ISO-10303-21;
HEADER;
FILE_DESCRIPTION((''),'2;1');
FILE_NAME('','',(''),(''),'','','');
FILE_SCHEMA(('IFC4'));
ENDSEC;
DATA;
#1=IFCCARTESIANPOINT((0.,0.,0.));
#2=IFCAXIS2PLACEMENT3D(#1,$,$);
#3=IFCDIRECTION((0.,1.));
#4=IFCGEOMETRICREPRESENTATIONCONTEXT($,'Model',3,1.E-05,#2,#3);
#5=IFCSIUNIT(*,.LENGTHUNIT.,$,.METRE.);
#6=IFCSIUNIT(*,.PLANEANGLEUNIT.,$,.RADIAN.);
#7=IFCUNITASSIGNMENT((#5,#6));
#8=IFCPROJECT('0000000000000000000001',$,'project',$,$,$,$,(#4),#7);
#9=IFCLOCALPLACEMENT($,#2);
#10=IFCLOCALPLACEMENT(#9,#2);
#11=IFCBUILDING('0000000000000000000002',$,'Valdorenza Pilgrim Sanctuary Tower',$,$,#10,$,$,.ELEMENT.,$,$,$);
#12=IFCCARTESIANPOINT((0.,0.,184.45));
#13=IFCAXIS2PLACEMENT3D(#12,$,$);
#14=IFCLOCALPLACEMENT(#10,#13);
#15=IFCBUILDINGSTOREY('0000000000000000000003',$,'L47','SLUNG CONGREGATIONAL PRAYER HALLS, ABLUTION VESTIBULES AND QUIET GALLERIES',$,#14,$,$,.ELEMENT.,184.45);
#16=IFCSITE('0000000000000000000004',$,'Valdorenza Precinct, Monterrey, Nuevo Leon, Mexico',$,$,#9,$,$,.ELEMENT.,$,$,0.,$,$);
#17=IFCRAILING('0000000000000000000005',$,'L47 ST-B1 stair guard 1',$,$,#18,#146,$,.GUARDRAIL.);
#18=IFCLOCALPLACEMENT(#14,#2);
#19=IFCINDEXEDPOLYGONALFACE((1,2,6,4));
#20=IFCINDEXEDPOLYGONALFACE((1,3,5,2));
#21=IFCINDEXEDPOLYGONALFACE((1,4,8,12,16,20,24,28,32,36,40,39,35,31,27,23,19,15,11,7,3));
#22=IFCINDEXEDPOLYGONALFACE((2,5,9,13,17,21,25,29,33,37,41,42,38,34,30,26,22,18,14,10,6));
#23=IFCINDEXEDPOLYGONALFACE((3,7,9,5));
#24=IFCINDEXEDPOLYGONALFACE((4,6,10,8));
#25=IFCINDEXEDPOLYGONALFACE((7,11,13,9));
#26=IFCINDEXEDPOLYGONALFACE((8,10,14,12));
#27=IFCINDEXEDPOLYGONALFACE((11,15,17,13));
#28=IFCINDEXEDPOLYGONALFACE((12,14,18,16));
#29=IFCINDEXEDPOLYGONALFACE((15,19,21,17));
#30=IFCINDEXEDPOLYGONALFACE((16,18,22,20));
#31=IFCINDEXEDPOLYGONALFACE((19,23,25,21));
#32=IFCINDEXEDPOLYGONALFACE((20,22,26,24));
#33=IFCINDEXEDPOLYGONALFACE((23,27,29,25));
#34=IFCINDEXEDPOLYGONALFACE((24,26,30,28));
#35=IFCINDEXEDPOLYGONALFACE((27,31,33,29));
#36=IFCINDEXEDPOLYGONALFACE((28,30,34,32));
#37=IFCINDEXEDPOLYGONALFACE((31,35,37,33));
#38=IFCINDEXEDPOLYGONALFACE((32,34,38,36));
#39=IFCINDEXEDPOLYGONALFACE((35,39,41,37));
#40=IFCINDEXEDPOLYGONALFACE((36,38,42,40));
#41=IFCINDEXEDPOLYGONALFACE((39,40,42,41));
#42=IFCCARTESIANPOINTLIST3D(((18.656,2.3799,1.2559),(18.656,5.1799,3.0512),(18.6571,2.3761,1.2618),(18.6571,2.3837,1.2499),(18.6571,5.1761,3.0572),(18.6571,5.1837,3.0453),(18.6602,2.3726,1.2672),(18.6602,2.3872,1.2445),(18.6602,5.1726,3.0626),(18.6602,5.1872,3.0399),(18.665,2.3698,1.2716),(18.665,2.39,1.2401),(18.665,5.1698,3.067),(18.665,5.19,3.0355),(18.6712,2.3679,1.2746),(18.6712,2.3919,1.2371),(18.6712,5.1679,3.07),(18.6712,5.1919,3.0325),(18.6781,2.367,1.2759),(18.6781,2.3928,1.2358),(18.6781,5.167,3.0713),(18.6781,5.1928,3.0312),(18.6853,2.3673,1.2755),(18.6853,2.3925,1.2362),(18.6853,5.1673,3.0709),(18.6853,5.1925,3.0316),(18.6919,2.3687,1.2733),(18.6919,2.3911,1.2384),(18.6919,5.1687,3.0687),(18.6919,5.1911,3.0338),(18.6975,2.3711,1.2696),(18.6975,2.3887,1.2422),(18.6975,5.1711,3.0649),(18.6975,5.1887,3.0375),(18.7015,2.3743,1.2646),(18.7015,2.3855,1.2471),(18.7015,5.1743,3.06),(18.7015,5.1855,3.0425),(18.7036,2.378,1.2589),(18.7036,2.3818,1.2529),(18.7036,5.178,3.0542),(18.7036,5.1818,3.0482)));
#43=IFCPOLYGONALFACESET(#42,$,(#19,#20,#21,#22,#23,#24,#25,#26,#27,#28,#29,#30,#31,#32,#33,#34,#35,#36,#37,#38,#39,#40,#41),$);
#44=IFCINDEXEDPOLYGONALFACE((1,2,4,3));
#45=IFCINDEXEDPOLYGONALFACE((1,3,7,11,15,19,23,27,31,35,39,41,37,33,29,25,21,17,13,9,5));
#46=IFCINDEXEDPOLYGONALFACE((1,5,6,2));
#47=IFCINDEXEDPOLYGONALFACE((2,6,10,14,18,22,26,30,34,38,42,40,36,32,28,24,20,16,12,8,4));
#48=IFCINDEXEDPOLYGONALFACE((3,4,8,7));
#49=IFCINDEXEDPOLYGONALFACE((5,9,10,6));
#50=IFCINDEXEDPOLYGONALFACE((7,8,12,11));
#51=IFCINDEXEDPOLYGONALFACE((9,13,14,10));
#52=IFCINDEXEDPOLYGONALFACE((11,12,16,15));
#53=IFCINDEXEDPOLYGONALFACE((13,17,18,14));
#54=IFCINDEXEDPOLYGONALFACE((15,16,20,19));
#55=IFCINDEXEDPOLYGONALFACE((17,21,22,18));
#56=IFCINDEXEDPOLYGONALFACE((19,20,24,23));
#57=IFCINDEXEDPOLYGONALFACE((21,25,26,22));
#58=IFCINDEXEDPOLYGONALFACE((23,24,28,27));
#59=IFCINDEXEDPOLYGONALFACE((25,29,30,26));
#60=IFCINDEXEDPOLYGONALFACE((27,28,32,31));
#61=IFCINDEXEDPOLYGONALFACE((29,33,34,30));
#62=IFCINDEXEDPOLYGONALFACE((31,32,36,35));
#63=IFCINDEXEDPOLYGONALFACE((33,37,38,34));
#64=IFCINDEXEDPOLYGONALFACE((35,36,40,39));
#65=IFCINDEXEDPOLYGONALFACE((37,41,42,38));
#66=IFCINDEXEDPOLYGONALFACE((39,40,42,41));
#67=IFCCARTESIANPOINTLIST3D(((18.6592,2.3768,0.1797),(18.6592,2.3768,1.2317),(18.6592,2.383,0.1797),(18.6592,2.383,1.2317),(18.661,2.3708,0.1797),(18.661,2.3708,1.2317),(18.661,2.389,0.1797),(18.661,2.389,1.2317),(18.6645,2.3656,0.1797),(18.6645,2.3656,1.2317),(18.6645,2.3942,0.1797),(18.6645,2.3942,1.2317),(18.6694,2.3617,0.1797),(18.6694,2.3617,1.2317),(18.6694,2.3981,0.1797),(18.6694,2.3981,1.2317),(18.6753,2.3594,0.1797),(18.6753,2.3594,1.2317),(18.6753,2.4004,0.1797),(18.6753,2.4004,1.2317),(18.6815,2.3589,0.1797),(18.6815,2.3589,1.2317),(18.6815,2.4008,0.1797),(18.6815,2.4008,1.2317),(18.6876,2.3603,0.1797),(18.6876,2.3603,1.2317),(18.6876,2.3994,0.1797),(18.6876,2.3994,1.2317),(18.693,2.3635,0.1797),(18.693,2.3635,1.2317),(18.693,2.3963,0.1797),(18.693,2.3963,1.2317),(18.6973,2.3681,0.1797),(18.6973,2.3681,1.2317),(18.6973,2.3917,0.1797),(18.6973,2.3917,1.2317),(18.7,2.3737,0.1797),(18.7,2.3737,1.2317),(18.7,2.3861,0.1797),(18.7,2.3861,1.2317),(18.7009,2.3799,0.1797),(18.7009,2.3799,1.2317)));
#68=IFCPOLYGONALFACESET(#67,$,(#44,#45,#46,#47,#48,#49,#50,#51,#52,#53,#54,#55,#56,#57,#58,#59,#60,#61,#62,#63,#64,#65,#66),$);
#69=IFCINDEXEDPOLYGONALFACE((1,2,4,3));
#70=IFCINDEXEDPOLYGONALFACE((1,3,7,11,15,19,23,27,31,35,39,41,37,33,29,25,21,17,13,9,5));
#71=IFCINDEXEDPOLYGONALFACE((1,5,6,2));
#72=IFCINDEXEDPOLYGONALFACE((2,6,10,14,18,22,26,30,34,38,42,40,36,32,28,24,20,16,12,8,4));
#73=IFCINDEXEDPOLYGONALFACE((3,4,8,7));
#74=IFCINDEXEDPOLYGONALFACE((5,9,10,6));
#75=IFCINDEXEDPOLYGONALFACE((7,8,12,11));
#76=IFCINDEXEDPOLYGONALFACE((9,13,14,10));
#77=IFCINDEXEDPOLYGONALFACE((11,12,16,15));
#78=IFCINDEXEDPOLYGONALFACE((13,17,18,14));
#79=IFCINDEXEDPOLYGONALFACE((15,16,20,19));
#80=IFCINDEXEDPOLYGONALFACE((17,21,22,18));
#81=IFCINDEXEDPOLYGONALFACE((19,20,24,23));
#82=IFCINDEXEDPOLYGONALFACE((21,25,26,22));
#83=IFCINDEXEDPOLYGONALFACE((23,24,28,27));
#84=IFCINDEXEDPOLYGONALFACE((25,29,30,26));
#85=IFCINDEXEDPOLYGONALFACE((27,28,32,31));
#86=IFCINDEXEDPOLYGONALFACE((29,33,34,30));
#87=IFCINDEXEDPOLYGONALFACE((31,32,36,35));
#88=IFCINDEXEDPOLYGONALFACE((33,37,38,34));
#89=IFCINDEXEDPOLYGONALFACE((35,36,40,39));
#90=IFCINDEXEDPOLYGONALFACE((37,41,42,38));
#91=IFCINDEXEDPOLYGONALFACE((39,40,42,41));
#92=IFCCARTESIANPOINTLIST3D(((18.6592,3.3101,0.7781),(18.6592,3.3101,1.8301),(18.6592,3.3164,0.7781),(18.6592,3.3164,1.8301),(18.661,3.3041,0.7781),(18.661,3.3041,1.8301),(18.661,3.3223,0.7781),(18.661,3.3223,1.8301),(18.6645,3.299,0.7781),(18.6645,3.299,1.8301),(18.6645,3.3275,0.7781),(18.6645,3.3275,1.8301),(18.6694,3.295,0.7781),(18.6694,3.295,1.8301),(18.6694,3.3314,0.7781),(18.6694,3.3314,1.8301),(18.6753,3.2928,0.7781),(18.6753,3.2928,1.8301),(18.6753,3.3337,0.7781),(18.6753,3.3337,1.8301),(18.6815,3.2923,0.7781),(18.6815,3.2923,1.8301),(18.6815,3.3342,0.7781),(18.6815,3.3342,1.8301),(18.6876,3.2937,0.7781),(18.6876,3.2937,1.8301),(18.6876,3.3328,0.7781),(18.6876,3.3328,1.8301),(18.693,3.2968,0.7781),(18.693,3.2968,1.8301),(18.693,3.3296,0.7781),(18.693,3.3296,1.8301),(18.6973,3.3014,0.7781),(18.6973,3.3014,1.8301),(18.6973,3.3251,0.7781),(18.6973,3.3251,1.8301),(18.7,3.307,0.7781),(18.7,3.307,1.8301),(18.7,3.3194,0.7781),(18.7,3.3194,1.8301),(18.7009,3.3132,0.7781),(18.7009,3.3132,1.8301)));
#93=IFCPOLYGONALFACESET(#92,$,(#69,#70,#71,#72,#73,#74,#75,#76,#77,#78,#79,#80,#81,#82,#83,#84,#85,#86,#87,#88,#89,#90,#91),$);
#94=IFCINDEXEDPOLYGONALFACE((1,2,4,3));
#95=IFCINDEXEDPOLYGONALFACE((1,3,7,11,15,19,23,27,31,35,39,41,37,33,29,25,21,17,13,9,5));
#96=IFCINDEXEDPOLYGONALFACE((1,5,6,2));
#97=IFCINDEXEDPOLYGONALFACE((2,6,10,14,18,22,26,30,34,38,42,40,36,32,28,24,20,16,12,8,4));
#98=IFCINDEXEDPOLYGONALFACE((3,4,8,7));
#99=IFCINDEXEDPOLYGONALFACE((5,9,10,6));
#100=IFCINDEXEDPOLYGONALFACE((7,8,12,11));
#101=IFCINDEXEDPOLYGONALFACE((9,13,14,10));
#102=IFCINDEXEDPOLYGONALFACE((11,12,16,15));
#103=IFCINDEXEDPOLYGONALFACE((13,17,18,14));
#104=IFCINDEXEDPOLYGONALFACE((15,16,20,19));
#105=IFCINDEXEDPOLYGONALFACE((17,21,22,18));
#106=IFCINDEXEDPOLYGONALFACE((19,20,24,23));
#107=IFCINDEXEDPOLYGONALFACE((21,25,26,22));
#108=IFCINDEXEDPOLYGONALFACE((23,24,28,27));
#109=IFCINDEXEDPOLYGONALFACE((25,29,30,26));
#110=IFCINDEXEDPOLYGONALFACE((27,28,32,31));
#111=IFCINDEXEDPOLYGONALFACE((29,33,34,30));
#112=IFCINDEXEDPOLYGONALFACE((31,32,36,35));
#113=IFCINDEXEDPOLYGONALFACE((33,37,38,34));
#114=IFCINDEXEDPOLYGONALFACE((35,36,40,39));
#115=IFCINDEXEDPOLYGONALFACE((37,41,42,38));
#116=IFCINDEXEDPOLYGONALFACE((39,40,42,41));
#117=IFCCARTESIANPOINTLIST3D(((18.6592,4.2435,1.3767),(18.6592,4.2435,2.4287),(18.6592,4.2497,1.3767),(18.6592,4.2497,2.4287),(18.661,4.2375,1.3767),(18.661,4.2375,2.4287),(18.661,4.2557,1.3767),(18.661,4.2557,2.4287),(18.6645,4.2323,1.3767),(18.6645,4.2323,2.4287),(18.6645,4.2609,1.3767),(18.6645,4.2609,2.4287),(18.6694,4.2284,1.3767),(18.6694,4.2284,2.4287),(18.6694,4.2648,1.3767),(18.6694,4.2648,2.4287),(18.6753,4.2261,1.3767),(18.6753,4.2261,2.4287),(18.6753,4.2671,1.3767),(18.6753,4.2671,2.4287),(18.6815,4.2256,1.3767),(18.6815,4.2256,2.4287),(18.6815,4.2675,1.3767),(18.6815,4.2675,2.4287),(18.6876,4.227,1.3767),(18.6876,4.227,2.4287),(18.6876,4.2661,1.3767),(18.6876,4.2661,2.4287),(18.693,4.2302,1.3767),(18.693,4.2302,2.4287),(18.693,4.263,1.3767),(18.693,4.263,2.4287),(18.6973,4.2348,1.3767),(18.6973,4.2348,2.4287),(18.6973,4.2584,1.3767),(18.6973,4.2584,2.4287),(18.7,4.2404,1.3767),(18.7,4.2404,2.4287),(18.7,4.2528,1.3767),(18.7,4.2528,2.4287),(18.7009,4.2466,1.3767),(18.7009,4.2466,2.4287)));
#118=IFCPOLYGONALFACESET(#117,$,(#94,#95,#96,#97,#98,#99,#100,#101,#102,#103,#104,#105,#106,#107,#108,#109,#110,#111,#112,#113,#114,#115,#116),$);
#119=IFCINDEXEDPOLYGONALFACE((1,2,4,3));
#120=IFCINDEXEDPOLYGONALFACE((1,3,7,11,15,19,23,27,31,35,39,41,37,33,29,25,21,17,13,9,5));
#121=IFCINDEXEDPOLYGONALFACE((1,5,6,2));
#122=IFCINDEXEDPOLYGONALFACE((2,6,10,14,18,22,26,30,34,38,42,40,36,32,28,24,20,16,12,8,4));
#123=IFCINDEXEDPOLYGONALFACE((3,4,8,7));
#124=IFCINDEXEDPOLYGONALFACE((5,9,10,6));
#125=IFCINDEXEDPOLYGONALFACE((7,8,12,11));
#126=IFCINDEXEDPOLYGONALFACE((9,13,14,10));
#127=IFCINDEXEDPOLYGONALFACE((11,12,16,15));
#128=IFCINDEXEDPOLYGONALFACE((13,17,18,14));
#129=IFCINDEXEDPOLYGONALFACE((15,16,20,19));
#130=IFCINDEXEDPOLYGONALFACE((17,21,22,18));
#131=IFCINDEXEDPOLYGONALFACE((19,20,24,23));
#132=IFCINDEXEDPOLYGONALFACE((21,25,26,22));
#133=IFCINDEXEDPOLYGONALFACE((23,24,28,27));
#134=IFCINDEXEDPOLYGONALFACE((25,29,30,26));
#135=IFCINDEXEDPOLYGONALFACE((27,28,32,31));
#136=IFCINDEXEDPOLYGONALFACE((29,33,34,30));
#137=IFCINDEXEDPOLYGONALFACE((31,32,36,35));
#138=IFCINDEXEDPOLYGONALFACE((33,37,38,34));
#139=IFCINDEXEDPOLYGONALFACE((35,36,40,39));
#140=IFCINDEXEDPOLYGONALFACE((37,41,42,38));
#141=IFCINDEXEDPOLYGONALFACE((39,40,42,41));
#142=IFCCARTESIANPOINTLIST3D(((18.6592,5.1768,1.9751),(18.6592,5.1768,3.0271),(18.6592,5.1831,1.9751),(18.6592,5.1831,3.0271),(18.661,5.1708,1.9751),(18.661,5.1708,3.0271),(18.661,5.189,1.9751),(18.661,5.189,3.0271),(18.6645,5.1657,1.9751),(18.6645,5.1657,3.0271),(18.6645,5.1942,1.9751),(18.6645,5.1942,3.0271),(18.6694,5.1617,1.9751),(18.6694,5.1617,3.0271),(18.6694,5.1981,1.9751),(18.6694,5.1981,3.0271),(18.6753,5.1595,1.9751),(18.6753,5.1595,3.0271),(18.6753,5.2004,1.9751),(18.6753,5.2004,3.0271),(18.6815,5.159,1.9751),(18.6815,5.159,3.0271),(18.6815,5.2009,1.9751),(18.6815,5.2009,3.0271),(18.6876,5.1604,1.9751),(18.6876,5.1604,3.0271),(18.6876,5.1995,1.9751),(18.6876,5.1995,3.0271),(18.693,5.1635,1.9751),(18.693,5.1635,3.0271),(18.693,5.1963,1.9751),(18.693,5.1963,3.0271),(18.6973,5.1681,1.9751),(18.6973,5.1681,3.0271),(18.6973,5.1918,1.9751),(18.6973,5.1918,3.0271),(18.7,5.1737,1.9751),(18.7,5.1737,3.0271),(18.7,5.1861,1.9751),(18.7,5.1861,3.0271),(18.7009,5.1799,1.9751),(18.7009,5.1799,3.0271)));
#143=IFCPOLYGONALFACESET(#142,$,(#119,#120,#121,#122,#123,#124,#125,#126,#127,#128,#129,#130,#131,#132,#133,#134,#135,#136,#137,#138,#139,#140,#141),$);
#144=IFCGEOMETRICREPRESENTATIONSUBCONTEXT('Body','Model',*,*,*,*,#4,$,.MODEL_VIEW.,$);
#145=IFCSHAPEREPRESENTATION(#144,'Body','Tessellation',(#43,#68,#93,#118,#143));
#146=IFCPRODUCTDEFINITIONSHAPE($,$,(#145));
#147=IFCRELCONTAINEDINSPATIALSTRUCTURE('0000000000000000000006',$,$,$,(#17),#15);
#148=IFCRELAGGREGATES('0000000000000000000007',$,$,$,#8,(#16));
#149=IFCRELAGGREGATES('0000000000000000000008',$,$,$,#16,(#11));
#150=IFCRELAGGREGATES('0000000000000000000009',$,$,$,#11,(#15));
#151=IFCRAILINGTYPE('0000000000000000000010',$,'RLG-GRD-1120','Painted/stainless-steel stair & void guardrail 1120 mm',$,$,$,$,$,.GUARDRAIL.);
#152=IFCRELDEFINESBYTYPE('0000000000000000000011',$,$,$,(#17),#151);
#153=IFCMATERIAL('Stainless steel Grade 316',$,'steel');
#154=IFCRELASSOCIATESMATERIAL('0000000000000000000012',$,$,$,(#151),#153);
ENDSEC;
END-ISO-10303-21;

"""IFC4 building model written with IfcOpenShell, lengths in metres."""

from ifc_helpers import new_model, si_unit, direction, frame, origin, origin_2d, place, context, subcontext, project, spatial, circle, extrude, material, type_object, element, save


model = new_model("IFC4")

# Units and contexts
model_context = context("Model", 3, precision=1e-05, world=origin(), true_north=direction((0.0, 1.0)))
body_context = subcontext(model_context, "Body", "Model", "MODEL_VIEW")
ifc_project = project(units=[si_unit("LENGTHUNIT", "METRE"), si_unit("PLANEANGLEUNIT", "RADIAN")], contexts=[model_context])

# Site, building, storey
site_placement = place(None, origin())
site = spatial("IfcSite", under=ifc_project, at=site_placement, Name="Valdorenza Precinct, Monterrey, Nuevo Leon, Mexico", CompositionType="ELEMENT", RefElevation=0.0)
building_placement = place(site_placement, origin())
building = spatial("IfcBuilding", under=site, at=building_placement, Name="Valdorenza Pilgrim Sanctuary Tower", CompositionType="ELEMENT")
storey_placement = place(building_placement, frame((0.0, 0.0, 184.45)))
storey = spatial("IfcBuildingStorey", under=building, at=storey_placement, Name="L47", Description="SLUNG CONGREGATIONAL PRAYER HALLS, ABLUTION VESTIBULES AND QUIET GALLERIES", CompositionType="ELEMENT", Elevation=184.45)

# Railing
ifc_material_1 = material(Name="Stainless steel Grade 316", Category="steel")
railing_type_1 = type_object("IfcRailingType", Name="RLG-GRD-1120", Description="Painted/stainless-steel stair & void guardrail 1120 mm", PredefinedType="GUARDRAIL", material=ifc_material_1)
railing_1_placement = place(storey_placement, frame((18.6799, 2.3799, 0.1797)))
element("IfcRailing", 1, at=railing_1_placement, inside=storey, type_object=railing_type_1, Name="L47 ST-B1 stair guard 1", PredefinedType="GUARDRAIL", context=body_context, shape_type="SweptSolid", body=[
    extrude(circle(Radius=0.0239, at=origin_2d()), frame((0.0, 0.0, 1.0762), z_axis=(0.0, 0.84181, 0.539774), x_axis=(-1.0, 0.0, 0.0)), (0.0, 0.0, 1.0), 3.3262),
    extrude(circle(Radius=0.021, at=origin_2d()), origin(), (0.0, 0.0, 1.0), 1.052),
    extrude(circle(Radius=0.021, at=origin_2d()), frame((0.0, 0.9333, 0.5984)), (0.0, 0.0, 1.0), 1.052),
    extrude(circle(Radius=0.021, at=origin_2d()), frame((0.0, 1.8667, 1.197)), (0.0, 0.0, 1.0), 1.052),
    extrude(circle(Radius=0.021, at=origin_2d()), frame((0.0, 2.8, 1.7954)), (0.0, 0.0, 1.0), 1.052),
])

save(model, "model.ifc")
